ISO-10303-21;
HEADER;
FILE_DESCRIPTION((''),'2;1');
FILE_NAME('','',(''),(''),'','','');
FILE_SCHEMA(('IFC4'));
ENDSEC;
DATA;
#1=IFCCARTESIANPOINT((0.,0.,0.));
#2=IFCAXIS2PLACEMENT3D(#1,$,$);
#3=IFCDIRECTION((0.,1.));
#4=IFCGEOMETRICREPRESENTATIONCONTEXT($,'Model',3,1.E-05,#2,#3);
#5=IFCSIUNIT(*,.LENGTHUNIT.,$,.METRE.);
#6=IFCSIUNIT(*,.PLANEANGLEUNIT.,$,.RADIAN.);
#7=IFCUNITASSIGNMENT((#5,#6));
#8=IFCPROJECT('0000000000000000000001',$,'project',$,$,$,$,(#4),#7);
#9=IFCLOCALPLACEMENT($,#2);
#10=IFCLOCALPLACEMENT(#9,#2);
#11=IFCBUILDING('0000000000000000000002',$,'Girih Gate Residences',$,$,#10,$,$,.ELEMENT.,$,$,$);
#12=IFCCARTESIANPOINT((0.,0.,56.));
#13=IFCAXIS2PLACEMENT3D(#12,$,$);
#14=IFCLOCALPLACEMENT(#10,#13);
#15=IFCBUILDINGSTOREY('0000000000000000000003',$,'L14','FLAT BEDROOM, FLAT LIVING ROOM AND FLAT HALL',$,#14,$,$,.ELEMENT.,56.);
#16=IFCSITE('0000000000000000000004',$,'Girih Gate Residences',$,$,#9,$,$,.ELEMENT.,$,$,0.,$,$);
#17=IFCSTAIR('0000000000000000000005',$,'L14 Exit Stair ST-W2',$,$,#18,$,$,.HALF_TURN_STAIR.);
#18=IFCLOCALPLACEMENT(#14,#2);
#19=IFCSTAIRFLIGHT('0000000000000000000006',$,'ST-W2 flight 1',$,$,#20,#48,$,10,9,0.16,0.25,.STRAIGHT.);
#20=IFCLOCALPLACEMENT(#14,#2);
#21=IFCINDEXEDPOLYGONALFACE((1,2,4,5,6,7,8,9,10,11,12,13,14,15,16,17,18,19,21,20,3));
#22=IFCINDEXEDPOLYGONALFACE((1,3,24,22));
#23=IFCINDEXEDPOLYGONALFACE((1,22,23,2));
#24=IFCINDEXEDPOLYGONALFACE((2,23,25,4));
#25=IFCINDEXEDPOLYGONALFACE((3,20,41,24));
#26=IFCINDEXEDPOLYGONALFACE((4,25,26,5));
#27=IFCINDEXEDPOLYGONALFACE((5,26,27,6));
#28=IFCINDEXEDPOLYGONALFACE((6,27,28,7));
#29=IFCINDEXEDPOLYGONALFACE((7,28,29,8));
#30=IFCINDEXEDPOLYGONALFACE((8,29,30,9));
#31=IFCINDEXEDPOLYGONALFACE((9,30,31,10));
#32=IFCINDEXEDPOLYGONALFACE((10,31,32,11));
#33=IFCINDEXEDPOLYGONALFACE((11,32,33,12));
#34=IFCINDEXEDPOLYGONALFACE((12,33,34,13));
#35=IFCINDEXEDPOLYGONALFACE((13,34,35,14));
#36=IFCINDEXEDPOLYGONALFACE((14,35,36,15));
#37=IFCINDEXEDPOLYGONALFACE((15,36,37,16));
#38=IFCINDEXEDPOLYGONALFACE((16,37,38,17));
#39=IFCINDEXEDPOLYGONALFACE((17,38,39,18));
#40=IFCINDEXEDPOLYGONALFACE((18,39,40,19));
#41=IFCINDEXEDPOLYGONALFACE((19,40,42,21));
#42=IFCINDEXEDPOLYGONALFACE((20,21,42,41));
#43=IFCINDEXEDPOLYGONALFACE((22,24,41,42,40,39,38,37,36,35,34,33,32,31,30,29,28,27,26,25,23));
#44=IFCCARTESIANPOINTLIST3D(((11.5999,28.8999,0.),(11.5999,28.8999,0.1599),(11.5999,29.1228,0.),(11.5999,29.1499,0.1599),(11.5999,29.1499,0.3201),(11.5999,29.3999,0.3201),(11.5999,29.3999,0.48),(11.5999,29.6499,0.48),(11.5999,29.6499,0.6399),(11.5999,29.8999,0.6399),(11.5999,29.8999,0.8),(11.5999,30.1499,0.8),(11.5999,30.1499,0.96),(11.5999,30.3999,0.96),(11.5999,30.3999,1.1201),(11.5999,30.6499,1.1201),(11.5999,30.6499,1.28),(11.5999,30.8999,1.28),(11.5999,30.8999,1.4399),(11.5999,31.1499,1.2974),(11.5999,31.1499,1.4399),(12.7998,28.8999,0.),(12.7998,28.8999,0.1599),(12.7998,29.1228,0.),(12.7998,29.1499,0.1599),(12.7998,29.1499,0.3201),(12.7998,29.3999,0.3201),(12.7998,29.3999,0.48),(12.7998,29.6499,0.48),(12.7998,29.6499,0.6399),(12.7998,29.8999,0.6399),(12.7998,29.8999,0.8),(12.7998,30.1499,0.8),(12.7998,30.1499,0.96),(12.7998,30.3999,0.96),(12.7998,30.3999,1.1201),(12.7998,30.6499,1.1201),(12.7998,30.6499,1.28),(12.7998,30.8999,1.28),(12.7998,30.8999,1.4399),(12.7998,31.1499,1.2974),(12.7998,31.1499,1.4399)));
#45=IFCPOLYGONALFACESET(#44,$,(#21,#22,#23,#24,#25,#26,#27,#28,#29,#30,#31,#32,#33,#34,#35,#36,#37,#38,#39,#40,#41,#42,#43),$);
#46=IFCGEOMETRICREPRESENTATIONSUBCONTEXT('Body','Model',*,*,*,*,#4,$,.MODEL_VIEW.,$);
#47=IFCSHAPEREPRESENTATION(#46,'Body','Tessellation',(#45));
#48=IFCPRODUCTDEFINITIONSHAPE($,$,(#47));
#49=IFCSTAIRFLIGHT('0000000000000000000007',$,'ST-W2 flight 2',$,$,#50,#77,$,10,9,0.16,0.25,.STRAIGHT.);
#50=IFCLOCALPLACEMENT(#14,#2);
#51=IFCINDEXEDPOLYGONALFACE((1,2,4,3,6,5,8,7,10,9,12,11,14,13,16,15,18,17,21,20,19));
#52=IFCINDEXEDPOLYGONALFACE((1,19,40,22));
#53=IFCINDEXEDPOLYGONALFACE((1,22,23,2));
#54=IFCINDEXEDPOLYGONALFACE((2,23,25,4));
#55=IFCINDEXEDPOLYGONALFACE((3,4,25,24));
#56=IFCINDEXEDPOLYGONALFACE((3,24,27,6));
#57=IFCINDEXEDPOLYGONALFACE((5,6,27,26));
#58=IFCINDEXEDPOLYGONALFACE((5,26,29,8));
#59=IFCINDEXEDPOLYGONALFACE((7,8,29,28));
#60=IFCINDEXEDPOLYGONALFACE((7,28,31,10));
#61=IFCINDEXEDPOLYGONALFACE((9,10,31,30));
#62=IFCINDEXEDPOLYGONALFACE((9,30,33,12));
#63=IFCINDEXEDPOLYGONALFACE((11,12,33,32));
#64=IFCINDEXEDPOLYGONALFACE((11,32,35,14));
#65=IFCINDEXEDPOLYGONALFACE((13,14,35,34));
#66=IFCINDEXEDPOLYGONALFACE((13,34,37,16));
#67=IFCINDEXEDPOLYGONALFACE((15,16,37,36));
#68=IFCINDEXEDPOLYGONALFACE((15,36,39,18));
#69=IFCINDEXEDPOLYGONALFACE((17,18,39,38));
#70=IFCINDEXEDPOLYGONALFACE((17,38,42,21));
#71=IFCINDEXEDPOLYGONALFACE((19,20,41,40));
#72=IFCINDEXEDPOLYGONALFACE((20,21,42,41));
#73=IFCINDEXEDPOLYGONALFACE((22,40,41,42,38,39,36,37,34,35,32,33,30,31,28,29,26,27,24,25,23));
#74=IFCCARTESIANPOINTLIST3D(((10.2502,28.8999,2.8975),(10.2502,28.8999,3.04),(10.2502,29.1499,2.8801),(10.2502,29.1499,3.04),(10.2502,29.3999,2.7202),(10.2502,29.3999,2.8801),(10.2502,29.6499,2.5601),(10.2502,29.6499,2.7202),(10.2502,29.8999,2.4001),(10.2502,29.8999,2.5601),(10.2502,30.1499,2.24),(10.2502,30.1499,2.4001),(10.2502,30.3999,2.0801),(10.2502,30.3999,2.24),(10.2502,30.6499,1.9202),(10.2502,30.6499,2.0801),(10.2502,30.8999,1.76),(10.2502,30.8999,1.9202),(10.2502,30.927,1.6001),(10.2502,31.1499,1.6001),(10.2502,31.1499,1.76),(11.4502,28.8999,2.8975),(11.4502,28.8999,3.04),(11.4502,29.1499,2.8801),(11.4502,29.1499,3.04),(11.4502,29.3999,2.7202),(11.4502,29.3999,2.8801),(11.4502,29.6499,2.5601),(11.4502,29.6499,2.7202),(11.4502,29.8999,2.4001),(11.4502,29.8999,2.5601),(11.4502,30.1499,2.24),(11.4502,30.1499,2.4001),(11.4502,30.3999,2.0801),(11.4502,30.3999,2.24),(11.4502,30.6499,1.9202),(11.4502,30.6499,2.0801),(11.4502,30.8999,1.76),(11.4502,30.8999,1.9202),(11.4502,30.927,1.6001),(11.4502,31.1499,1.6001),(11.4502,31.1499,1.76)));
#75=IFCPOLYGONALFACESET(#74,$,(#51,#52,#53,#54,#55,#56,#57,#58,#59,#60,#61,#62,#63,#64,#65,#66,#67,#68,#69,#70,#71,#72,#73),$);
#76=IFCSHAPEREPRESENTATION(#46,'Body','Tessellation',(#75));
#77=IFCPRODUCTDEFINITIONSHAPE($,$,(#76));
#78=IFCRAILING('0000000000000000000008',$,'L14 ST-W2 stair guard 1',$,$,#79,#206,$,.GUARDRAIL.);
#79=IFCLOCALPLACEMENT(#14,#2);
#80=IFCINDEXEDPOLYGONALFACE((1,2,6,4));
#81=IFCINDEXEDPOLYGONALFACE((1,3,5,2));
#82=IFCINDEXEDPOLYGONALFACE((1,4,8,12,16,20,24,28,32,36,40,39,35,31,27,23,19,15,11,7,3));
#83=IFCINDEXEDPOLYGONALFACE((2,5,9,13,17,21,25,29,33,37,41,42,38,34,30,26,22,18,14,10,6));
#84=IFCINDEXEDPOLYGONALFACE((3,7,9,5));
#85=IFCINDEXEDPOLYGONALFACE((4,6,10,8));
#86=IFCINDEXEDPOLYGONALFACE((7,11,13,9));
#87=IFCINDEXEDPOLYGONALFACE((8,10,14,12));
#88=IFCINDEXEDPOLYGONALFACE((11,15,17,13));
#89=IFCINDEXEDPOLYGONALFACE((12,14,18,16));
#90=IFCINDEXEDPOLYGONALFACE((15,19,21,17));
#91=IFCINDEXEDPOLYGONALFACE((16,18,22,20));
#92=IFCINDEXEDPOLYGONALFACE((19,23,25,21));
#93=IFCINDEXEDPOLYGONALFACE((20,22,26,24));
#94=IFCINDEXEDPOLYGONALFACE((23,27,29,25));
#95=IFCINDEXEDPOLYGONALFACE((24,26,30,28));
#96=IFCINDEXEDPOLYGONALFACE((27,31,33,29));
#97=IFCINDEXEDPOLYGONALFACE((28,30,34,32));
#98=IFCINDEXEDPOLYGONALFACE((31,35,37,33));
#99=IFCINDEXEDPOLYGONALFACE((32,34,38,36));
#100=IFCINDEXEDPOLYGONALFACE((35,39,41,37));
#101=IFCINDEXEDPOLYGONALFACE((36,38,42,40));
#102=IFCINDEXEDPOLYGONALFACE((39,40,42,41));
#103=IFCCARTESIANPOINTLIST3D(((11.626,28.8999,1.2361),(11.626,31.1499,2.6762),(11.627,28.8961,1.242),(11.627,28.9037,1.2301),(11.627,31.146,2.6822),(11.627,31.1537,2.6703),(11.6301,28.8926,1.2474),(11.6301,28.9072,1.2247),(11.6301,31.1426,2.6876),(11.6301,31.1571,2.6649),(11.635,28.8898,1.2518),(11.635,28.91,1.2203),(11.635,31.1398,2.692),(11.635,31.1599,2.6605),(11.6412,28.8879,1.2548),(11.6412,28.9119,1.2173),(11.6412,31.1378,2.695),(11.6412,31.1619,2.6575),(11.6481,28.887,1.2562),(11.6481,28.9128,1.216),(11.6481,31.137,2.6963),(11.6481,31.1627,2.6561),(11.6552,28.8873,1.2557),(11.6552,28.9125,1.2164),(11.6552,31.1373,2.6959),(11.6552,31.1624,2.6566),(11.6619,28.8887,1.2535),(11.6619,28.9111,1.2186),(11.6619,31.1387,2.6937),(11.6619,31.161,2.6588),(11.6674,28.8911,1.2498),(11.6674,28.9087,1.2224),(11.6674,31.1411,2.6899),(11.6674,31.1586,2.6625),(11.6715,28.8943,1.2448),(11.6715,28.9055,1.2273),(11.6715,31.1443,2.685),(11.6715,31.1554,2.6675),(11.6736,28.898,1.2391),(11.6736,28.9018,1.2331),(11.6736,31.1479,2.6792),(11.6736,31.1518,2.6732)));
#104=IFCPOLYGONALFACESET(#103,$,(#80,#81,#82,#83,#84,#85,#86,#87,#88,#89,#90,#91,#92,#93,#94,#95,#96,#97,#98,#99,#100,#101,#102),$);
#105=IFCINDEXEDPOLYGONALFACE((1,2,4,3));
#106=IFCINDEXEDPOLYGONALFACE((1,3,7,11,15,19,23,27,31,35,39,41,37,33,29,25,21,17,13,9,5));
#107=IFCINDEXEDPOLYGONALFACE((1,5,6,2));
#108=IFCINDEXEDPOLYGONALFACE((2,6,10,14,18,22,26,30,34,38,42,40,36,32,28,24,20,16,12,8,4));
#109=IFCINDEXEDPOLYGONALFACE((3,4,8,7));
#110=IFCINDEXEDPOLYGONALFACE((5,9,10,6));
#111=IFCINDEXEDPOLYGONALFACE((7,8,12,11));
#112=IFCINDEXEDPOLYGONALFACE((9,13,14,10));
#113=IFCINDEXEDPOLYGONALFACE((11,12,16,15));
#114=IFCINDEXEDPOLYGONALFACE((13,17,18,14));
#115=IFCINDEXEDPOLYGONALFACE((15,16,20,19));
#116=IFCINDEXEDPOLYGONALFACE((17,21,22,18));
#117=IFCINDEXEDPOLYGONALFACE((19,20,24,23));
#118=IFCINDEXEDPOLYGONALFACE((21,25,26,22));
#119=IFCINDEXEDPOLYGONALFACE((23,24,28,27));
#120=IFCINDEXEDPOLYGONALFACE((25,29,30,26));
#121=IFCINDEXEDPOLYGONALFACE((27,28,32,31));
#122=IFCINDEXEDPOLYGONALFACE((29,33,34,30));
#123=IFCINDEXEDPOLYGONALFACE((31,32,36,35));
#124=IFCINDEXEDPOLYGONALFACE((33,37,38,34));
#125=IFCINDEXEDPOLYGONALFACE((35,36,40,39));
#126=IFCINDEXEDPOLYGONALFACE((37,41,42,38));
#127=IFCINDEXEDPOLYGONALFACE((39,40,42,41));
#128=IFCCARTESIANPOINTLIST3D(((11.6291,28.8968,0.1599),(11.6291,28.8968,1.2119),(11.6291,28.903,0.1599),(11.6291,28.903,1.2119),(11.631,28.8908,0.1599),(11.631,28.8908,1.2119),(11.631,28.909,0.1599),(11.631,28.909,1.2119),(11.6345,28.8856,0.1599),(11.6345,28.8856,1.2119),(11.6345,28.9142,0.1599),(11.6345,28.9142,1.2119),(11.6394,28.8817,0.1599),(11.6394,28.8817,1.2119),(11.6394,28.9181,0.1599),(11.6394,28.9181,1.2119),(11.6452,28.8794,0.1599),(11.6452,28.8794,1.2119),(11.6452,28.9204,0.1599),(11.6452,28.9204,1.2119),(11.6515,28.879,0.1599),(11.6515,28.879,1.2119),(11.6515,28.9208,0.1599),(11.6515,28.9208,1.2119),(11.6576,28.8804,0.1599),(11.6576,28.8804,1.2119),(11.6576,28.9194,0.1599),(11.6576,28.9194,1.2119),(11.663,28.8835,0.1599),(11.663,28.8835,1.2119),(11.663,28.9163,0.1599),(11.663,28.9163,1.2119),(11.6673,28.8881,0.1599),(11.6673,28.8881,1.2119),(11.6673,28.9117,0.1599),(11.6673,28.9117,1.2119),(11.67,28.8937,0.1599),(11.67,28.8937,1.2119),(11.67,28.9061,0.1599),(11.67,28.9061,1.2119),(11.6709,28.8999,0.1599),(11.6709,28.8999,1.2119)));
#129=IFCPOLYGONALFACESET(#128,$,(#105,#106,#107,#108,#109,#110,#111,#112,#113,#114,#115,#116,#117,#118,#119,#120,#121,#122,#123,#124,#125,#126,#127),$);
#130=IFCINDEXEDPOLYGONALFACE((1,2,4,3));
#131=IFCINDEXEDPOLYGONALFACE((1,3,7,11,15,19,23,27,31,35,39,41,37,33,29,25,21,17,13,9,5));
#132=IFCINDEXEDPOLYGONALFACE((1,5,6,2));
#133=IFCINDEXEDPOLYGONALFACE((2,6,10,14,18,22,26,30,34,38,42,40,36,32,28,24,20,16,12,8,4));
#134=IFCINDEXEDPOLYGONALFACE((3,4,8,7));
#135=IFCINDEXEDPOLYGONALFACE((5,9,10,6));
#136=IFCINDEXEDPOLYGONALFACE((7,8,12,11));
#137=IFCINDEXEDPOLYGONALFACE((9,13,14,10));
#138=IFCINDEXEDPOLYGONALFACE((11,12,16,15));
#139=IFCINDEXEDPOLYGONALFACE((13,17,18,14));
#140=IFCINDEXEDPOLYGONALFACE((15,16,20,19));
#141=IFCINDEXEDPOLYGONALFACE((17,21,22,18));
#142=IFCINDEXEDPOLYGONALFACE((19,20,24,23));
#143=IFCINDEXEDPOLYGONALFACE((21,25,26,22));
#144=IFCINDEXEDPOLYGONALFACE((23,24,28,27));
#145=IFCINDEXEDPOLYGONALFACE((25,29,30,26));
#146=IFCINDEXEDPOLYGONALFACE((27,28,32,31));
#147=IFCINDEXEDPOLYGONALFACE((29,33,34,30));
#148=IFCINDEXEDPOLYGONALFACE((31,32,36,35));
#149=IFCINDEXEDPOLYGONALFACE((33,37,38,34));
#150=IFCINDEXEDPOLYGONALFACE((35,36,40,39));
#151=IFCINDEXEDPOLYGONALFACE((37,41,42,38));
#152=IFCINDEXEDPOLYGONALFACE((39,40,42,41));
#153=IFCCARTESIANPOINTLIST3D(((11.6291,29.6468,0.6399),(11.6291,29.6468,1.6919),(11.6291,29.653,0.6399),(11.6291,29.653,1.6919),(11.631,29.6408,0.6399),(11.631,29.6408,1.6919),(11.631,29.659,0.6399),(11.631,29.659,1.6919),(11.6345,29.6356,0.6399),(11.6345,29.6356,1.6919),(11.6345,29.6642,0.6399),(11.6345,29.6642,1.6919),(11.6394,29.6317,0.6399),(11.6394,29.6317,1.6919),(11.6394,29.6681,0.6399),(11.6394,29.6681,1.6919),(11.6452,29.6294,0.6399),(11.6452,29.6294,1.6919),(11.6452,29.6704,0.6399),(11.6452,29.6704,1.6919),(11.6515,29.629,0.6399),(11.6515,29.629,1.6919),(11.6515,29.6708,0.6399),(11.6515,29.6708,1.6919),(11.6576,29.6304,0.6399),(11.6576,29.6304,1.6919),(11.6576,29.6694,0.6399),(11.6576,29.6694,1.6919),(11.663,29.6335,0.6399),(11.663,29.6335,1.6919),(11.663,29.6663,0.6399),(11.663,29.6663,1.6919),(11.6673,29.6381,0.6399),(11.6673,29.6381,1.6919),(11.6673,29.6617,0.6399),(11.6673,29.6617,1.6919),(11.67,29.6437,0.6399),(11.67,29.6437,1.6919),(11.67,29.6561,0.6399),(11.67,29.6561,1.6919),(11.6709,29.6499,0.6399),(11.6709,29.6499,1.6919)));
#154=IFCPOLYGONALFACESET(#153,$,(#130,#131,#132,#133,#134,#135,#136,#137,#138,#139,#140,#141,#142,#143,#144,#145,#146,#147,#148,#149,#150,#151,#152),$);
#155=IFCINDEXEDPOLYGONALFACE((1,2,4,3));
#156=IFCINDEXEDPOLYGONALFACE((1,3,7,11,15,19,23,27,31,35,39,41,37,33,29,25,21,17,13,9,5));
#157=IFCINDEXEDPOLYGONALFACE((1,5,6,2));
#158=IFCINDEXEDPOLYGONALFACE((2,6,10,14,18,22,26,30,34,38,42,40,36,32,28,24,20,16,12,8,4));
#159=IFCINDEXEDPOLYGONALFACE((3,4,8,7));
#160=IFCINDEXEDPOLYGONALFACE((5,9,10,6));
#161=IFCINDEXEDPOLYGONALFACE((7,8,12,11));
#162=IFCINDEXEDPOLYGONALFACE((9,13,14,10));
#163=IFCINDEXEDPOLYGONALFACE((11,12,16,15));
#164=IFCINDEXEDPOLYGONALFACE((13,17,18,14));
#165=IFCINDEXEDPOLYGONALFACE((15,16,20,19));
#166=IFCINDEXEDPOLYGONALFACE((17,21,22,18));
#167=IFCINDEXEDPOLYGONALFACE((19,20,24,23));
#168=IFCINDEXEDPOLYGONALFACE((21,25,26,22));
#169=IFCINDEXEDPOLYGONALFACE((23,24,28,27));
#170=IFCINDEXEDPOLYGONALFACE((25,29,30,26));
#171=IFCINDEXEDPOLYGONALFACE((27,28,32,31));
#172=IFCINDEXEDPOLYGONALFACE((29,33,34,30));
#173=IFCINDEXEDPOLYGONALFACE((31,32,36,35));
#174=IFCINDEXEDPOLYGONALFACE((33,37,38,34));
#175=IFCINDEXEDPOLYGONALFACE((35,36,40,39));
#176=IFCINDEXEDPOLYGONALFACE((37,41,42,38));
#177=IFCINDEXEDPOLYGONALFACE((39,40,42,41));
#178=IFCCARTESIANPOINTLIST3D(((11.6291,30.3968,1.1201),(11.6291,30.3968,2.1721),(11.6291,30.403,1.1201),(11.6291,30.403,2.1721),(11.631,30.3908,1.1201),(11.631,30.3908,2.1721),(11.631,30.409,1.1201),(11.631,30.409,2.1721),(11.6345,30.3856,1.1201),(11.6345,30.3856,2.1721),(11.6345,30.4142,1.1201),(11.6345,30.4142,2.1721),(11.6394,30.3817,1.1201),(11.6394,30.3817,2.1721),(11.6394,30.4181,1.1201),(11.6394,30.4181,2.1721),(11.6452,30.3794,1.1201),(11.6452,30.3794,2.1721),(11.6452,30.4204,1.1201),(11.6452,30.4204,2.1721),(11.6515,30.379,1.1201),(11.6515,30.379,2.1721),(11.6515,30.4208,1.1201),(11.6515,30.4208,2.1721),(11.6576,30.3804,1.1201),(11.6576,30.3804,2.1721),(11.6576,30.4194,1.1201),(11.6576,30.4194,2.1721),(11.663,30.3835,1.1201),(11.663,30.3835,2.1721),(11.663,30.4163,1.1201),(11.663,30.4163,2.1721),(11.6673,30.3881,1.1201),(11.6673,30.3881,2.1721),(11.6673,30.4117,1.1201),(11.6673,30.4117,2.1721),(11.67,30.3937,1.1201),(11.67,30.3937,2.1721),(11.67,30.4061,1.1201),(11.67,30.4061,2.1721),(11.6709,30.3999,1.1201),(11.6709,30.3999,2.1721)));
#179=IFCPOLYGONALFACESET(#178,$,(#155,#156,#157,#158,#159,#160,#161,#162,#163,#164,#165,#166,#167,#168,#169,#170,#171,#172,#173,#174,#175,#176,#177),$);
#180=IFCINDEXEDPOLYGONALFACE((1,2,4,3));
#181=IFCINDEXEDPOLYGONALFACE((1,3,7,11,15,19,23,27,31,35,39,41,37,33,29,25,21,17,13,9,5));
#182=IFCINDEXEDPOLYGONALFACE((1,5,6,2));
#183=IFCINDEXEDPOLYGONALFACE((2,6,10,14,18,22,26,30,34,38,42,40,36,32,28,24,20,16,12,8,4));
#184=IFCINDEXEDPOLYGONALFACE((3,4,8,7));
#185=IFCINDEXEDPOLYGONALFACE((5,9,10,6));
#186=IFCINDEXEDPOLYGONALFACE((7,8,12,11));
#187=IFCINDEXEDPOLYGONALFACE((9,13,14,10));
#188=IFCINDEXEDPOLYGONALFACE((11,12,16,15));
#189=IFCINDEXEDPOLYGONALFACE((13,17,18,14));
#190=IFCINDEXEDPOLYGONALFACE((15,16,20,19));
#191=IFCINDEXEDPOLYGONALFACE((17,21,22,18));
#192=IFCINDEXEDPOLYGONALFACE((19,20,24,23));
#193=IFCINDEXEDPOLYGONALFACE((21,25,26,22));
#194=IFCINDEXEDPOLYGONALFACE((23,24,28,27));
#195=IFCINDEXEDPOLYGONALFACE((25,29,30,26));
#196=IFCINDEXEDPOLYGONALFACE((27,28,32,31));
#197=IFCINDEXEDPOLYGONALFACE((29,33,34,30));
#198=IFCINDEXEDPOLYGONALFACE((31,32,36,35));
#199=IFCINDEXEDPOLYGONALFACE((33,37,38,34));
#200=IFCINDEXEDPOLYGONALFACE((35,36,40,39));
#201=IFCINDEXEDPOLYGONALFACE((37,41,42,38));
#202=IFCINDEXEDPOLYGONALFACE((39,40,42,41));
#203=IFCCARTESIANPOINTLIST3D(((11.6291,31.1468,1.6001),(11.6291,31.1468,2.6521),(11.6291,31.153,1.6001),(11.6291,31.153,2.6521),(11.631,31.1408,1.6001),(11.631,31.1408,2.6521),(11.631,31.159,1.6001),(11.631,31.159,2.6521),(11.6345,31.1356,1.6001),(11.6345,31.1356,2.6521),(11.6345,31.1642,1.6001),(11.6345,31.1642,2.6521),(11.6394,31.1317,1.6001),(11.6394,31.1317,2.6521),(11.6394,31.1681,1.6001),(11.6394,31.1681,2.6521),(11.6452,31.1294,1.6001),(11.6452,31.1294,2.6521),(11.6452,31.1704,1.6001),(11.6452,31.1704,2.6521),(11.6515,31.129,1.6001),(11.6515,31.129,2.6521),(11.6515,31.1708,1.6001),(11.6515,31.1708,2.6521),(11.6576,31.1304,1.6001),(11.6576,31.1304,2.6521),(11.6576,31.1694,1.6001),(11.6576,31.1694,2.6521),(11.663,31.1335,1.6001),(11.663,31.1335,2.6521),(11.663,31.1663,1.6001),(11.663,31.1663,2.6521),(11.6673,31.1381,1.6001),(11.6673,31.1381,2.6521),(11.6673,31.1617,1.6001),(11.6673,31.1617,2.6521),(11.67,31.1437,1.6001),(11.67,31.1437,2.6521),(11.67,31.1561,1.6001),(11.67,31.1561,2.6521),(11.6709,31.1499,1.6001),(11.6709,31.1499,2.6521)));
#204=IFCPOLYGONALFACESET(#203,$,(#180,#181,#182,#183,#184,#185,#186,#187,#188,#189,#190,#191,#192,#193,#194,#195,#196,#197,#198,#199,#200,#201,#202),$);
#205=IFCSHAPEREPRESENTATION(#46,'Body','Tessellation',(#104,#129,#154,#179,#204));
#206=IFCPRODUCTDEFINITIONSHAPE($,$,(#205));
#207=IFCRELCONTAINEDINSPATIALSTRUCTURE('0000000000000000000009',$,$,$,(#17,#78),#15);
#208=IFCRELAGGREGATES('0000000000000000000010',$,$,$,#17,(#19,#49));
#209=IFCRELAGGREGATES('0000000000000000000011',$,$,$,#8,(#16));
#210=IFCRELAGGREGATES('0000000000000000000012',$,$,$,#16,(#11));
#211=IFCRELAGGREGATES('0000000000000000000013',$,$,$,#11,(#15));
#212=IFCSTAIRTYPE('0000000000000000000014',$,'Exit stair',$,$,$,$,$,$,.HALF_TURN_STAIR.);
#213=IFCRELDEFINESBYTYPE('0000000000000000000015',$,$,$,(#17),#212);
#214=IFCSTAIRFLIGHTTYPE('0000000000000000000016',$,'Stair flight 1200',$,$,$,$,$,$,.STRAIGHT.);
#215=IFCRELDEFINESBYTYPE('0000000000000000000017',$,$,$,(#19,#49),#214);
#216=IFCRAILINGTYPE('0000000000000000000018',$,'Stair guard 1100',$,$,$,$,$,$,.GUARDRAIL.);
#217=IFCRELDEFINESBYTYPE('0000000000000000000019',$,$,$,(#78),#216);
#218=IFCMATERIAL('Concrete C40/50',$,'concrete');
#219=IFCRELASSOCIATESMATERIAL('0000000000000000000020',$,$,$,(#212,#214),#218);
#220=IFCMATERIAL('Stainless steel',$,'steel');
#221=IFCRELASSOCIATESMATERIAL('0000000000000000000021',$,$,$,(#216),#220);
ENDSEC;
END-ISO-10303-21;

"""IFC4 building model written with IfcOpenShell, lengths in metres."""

from ifc_helpers import new_model, si_unit, direction, frame, origin, origin_2d, place, context, subcontext, project, spatial, polyline, circle, outline, extrude, material, type_object, element, aggregate, save


model = new_model("IFC4")

# Units and contexts
model_context = context("Model", 3, precision=1e-05, world=origin(), true_north=direction((0.0, 1.0)))
body_context = subcontext(model_context, "Body", "Model", "MODEL_VIEW")
ifc_project = project(units=[si_unit("LENGTHUNIT", "METRE"), si_unit("PLANEANGLEUNIT", "RADIAN")], contexts=[model_context])

# Site, building, storey
site_placement = place(None, origin())
site = spatial("IfcSite", under=ifc_project, at=site_placement, Name="Girih Gate Residences", CompositionType="ELEMENT", RefElevation=0.0)
building_placement = place(site_placement, origin())
building = spatial("IfcBuilding", under=site, at=building_placement, Name="Girih Gate Residences", CompositionType="ELEMENT")
storey_placement = place(building_placement, frame((0.0, 0.0, 56.0)))
storey = spatial("IfcBuildingStorey", under=building, at=storey_placement, Name="L14", Description="FLAT BEDROOM, FLAT LIVING ROOM AND FLAT HALL", CompositionType="ELEMENT", Elevation=56.0)

# Shared definitions
ifc_material_1 = material(Name="Concrete C40/50", Category="concrete")

# Stair, stair flights
stair_type = type_object("IfcStairType", Name="Exit stair", PredefinedType="HALF_TURN_STAIR", material=ifc_material_1)
stair_placement = place(storey_placement, origin())
stair = element("IfcStair", 1, at=stair_placement, inside=storey, type_object=stair_type, Name="L14 Exit Stair ST-W2", PredefinedType="HALF_TURN_STAIR")
stair_flight_type = type_object("IfcStairFlightType", Name="Stair flight 1200", PredefinedType="STRAIGHT", material=ifc_material_1)
stair_flight_1_placement = place(storey_placement, frame((12.2, 28.8999, 0.0), z_axis=(0.0, 0.0, 1.0), x_axis=(0.0, 1.0, 0.0)))
stair_flight_1 = element("IfcStairFlight", 2, at=stair_flight_1_placement, type_object=stair_flight_type, Name="ST-W2 flight 1", NumberOfRisers=10, NumberOfTreads=9, PredefinedType="STRAIGHT", RiserHeight=0.16, TreadLength=0.25, context=body_context, shape_type="SweptSolid", body=[
    extrude(outline(polyline([(0.0, 0.0), (0.0, 0.1599), (0.25, 0.1599), (0.25, 0.3201), (0.5, 0.3201), (0.5, 0.48), (0.75, 0.48), (0.75, 0.6399), (1.0, 0.6399), (1.0, 0.8), (1.25, 0.8), (1.25, 0.96), (1.5, 0.96), (1.5, 1.1201), (1.75, 1.1201), (1.75, 1.28), (2.0, 1.28), (2.0, 1.4399), (2.25, 1.4399), (2.25, 1.6001), (2.25, 1.2974), (0.2229, 0.0), (0.0, 0.0)])), frame((0.0, 0.6001, 0.0), z_axis=(0.0, -1.0, 0.0), x_axis=(1.0, 0.0, 0.0)), (0.0, 0.0, 1.0), 1.2),
])
stair_flight_2_placement = place(storey_placement, frame((10.8501, 31.1499, 1.6001), z_axis=(0.0, 0.0, 1.0), x_axis=(0.0, -1.0, 0.0)))
stair_flight_2 = element("IfcStairFlight", 3, at=stair_flight_2_placement, type_object=stair_flight_type, Name="ST-W2 flight 2", NumberOfRisers=10, NumberOfTreads=9, PredefinedType="STRAIGHT", RiserHeight=0.16, TreadLength=0.25, context=body_context, shape_type="SweptSolid", body=[
    extrude(outline(polyline([(0.0, 0.0), (0.0, 0.1599), (0.25, 0.1599), (0.25, 0.3201), (0.5, 0.3201), (0.5, 0.48), (0.75, 0.48), (0.75, 0.6399), (1.0, 0.6399), (1.0, 0.8), (1.25, 0.8), (1.25, 0.96), (1.5, 0.96), (1.5, 1.1201), (1.75, 1.1201), (1.75, 1.28), (2.0, 1.28), (2.0, 1.4399), (2.25, 1.4399), (2.25, 1.6001), (2.25, 1.2974), (0.2229, 0.0), (0.0, 0.0)])), frame((0.0, 0.6001, 0.0), z_axis=(0.0, -1.0, 0.0), x_axis=(1.0, 0.0, 0.0)), (0.0, 0.0, 1.0), 1.2),
])
aggregate(stair, [stair_flight_1, stair_flight_2])

# Railing
ifc_material_2 = material(Name="Stainless steel", Category="steel")
railing_type_1 = type_object("IfcRailingType", Name="Stair guard 1100", PredefinedType="GUARDRAIL", material=ifc_material_2)
railing_1_placement = place(storey_placement, frame((11.6499, 28.8999, 0.1599)))
element("IfcRailing", 4, at=railing_1_placement, inside=storey, type_object=railing_type_1, Name="L14 ST-W2 stair guard 1", PredefinedType="GUARDRAIL", context=body_context, shape_type="SweptSolid", body=[
    extrude(circle(Radius=0.0239, at=origin_2d()), frame((0.0, 0.0, 1.0762), z_axis=(0.0, 0.84224, 0.539103), x_axis=(-1.0, 0.0, 0.0)), (0.0, 0.0, 1.0), 2.6714),
    extrude(circle(Radius=0.021, at=origin_2d()), origin(), (0.0, 0.0, 1.0), 1.052),
    extrude(circle(Radius=0.021, at=origin_2d()), frame((0.0, 0.75, 0.48)), (0.0, 0.0, 1.0), 1.052),
    extrude(circle(Radius=0.021, at=origin_2d()), frame((0.0, 1.5, 0.9602)), (0.0, 0.0, 1.0), 1.052),
    extrude(circle(Radius=0.021, at=origin_2d()), frame((0.0, 2.25, 1.4402)), (0.0, 0.0, 1.0), 1.052),
])

save(model, "model.ifc")
